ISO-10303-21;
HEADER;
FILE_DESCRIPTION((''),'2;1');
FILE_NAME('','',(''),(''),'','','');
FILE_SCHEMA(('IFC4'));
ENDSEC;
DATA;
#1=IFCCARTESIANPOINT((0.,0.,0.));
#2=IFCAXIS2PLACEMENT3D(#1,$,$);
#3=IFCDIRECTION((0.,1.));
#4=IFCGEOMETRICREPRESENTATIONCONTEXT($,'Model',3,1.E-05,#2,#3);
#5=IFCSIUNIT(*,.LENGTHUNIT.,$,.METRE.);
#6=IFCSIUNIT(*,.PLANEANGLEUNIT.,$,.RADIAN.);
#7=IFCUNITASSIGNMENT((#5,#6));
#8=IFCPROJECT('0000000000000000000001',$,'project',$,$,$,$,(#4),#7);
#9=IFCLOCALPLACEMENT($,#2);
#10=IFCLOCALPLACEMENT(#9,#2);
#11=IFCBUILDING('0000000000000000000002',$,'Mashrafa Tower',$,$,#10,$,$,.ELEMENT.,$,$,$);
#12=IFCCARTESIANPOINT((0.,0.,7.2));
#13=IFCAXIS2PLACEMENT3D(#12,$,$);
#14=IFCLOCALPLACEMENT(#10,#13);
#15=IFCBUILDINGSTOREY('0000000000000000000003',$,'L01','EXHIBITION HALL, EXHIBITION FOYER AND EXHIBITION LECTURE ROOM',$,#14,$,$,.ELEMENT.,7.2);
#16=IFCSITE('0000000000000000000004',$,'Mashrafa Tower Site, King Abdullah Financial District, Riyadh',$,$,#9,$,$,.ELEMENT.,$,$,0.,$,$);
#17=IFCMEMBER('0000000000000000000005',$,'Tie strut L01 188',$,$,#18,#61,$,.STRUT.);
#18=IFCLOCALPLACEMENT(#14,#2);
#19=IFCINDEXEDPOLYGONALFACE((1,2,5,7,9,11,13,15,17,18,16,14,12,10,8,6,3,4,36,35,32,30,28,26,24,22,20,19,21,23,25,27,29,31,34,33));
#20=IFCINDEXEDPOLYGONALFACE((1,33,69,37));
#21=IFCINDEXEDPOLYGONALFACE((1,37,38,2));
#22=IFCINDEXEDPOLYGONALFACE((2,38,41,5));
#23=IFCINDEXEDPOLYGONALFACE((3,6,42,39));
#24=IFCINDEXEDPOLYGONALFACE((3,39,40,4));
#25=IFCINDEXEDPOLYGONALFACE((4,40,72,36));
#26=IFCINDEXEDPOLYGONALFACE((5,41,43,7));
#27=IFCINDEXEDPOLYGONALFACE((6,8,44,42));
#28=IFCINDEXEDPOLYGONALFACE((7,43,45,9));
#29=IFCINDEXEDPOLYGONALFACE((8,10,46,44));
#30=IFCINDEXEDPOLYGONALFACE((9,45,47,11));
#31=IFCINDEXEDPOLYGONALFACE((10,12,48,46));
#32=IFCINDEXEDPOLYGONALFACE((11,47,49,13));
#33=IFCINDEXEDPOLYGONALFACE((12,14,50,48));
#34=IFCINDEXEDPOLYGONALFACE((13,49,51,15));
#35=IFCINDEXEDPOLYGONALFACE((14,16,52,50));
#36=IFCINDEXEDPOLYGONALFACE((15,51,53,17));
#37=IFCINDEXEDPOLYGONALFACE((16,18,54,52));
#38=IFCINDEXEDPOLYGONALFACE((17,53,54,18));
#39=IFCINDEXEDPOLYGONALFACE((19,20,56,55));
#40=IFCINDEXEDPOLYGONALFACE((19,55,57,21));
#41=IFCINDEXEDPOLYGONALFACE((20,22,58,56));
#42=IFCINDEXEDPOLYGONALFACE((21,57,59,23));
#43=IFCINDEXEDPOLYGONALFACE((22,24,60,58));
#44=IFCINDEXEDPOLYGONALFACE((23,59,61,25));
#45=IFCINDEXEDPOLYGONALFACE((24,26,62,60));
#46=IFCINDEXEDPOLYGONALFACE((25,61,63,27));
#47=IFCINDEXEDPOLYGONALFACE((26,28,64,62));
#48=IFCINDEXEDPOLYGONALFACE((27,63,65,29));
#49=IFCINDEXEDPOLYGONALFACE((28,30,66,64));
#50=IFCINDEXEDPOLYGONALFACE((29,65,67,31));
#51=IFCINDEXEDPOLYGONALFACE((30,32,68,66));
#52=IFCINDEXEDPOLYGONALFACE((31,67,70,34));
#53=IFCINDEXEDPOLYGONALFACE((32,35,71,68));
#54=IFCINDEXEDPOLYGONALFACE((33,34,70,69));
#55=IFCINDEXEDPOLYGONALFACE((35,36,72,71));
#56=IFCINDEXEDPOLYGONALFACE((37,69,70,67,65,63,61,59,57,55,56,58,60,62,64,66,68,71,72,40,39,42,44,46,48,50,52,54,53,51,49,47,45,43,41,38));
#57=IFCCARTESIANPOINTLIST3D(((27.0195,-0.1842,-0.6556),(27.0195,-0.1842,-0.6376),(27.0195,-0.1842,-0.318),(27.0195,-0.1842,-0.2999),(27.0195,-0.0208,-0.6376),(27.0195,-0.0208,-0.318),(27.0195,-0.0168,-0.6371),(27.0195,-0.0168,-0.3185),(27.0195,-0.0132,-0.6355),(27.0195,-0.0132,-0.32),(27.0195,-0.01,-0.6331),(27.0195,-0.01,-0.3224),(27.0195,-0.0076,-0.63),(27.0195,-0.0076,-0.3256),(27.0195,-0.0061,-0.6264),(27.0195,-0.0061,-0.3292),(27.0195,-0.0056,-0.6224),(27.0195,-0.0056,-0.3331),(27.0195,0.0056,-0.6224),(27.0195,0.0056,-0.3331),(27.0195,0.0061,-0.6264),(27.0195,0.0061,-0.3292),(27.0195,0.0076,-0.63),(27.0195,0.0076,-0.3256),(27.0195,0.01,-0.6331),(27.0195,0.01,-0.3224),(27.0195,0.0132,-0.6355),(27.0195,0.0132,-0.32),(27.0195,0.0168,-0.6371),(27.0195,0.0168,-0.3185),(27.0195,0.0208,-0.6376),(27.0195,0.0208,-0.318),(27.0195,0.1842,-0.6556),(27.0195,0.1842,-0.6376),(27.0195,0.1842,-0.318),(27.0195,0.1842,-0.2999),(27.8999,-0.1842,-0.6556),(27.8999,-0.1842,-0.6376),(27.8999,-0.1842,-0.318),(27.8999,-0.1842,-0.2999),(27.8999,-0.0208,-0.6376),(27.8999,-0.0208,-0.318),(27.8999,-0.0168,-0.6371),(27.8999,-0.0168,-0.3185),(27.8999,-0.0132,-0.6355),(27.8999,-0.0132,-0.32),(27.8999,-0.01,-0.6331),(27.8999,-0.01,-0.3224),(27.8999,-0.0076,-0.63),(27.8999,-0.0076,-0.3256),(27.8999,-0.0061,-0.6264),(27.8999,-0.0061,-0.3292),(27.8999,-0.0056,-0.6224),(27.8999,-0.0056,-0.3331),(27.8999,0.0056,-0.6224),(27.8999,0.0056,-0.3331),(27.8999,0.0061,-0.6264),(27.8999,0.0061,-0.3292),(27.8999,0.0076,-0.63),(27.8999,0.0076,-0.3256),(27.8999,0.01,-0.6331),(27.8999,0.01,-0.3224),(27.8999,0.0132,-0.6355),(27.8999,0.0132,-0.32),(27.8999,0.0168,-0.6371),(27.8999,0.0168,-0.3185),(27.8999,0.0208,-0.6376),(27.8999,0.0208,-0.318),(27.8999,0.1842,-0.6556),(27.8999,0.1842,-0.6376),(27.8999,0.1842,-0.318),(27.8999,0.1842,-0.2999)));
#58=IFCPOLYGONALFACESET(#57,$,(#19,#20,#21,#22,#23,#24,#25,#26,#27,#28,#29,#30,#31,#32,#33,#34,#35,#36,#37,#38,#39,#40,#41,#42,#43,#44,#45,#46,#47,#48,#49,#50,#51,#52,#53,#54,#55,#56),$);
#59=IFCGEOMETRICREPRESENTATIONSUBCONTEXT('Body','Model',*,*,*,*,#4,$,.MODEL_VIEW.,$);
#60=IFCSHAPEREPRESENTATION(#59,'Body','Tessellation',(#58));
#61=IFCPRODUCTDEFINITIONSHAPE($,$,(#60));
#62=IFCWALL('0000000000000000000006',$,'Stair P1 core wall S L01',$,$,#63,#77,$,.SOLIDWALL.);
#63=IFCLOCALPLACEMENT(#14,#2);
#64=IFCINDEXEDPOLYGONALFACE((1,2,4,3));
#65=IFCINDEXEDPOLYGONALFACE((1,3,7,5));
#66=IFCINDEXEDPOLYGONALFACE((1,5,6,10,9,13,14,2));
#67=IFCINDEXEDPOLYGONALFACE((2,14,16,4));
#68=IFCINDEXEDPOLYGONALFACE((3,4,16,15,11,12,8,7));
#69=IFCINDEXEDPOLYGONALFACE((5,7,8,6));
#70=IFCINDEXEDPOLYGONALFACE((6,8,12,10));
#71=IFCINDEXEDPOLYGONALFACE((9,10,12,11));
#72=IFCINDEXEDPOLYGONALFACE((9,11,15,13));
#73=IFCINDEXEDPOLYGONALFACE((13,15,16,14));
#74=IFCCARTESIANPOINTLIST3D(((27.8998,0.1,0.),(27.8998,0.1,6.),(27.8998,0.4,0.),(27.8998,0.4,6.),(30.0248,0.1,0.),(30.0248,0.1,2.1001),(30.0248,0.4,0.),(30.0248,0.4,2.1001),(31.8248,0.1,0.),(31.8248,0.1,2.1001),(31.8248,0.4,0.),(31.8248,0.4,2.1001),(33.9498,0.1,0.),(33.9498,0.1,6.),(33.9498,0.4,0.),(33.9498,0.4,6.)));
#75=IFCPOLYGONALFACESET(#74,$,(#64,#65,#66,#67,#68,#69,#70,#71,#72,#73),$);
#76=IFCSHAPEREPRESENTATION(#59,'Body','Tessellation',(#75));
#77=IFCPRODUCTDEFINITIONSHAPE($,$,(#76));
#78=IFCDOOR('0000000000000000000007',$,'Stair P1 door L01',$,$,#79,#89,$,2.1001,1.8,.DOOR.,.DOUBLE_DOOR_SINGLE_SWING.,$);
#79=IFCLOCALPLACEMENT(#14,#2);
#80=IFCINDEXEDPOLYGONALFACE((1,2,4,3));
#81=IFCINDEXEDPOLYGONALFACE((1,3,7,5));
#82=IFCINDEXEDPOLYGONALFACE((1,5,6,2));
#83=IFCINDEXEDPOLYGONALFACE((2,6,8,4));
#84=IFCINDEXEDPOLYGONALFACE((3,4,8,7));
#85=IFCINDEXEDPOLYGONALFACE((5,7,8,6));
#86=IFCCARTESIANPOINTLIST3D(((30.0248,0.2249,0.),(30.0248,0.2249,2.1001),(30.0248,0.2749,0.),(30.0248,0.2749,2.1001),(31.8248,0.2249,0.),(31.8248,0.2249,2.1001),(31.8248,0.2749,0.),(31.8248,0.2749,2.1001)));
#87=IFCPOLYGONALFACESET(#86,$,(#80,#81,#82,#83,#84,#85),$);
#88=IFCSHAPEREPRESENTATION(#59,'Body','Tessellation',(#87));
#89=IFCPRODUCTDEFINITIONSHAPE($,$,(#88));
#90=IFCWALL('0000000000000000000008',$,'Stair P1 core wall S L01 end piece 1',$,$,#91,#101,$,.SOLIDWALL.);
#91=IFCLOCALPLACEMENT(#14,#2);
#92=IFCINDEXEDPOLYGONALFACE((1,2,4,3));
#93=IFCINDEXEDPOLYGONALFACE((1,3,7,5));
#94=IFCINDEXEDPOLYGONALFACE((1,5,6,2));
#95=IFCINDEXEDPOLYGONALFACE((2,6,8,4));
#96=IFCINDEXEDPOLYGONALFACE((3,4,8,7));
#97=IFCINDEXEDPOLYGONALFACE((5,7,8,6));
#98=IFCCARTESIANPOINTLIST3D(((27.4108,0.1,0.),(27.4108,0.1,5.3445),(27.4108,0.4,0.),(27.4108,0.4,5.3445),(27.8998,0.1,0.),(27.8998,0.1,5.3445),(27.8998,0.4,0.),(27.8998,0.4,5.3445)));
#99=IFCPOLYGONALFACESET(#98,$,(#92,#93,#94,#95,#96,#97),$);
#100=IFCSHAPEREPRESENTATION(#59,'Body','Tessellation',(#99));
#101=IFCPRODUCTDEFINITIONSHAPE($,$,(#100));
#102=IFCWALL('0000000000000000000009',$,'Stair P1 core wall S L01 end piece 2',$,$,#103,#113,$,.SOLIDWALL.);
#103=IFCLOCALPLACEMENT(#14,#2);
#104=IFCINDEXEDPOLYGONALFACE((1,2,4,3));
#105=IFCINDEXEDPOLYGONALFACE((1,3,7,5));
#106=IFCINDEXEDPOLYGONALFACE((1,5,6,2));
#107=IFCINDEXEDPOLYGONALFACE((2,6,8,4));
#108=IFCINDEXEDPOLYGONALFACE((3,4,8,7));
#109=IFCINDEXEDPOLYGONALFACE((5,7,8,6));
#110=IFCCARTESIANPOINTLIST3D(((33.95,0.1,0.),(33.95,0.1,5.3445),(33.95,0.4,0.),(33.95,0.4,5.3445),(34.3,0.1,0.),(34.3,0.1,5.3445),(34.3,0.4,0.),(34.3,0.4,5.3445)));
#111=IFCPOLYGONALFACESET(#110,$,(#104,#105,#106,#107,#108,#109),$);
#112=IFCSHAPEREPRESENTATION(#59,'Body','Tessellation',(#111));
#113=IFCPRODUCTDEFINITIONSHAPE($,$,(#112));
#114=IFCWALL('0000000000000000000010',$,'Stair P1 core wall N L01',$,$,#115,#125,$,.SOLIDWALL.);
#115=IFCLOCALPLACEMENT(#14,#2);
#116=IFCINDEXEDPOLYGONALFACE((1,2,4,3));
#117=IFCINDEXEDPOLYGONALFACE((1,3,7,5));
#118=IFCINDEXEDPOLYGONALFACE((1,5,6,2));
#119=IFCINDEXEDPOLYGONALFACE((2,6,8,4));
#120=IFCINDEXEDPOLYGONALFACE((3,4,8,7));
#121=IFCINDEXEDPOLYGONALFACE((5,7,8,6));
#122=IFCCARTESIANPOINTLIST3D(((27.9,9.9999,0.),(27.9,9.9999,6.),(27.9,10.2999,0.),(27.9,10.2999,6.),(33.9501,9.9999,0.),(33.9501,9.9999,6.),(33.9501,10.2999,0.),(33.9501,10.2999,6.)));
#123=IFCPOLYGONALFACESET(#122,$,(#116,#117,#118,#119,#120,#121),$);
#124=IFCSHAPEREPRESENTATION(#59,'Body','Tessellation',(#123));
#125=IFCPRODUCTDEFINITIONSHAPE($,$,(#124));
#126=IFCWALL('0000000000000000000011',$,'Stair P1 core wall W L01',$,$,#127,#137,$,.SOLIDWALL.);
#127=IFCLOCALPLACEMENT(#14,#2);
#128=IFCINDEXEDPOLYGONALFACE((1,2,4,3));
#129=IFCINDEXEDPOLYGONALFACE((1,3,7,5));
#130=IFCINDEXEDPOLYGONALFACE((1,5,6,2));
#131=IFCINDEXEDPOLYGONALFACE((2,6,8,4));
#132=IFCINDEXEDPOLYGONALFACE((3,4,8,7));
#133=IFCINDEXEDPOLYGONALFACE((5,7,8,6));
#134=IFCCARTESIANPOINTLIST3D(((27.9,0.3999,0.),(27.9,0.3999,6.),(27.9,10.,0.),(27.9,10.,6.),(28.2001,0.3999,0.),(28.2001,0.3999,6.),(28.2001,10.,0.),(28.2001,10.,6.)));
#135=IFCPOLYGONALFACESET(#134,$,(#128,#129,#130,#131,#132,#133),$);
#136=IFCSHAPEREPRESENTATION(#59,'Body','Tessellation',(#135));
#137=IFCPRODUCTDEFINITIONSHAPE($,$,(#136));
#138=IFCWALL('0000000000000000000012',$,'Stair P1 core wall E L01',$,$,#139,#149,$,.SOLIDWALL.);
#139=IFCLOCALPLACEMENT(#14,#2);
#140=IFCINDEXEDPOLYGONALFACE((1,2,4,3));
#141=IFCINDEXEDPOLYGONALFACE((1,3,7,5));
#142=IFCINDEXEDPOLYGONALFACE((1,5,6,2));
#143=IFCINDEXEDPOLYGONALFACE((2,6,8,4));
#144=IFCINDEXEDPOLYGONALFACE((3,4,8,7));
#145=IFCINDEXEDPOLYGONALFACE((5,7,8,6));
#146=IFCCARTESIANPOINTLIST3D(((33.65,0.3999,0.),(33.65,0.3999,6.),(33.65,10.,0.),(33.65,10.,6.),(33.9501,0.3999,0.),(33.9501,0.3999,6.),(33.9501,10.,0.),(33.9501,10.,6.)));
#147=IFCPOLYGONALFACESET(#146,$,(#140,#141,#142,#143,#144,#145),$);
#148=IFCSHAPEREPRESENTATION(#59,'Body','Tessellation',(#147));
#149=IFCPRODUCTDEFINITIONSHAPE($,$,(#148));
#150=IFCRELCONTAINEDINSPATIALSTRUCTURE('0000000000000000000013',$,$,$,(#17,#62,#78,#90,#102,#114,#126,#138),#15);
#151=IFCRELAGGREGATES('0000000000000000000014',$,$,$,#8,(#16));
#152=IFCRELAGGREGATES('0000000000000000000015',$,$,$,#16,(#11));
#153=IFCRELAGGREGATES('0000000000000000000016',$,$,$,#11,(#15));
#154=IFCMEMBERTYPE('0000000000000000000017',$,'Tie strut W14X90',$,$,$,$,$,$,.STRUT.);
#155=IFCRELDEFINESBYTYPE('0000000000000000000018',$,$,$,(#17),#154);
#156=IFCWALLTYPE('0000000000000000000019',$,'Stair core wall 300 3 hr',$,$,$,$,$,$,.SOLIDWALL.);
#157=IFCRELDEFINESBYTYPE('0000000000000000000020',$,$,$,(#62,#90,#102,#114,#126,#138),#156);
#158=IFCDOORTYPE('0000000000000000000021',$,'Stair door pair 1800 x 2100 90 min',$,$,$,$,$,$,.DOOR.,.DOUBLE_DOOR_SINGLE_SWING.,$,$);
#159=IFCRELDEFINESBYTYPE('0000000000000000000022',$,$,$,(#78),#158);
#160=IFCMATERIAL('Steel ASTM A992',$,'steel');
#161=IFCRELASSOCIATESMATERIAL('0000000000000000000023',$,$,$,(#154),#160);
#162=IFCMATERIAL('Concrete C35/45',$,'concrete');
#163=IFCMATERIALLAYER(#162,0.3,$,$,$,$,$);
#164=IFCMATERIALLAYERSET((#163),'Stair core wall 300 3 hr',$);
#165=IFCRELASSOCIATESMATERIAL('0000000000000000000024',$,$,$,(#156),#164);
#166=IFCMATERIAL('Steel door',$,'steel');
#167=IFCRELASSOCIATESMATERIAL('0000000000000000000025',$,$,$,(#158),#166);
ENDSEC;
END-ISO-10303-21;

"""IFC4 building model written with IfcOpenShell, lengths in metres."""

from ifc_helpers import new_model, si_unit, direction, frame, frame_2d, origin, origin_2d, place, context, subcontext, project, spatial, rectangle, i_section, extrude, source, transform, mapped, material, layer, layer_set, material_profile, profile_set, type_object, element, fill, save


model = new_model("IFC4")

# Units and contexts
model_context = context("Model", 3, precision=1e-05, world=origin(), true_north=direction((0.0, 1.0)))
body_context = subcontext(model_context, "Body", "Model", "MODEL_VIEW")
ifc_project = project(units=[si_unit("LENGTHUNIT", "METRE"), si_unit("PLANEANGLEUNIT", "RADIAN")], contexts=[model_context])

# Site, building, storey
site_placement = place(None, origin())
site = spatial("IfcSite", under=ifc_project, at=site_placement, Name="Mashrafa Tower Site, King Abdullah Financial District, Riyadh", CompositionType="ELEMENT", RefElevation=0.0)
building_placement = place(site_placement, origin())
building = spatial("IfcBuilding", under=site, at=building_placement, Name="Mashrafa Tower", CompositionType="ELEMENT")
storey_placement = place(building_placement, frame((0.0, 0.0, 7.2)))
storey = spatial("IfcBuildingStorey", under=building, at=storey_placement, Name="L01", Description="EXHIBITION HALL, EXHIBITION FOYER AND EXHIBITION LECTURE ROOM", CompositionType="ELEMENT", Elevation=7.2)

# Member
ifc_material_1 = material(Name="Steel ASTM A992", Category="steel")
ifc_material_profile_1 = material_profile(ifc_material_1, i_section(OverallWidth=0.3684, OverallDepth=0.3557, WebThickness=0.0112, FlangeThickness=0.0181, FilletRadius=0.0151, at=origin_2d()), Name="W14X90")
ifc_profile_set_1 = profile_set([ifc_material_profile_1], Name="Steel ASTM A992")
member_type_1 = type_object("IfcMemberType", Name="Tie strut W14X90", PredefinedType="STRUT", material=ifc_profile_set_1)
shared_shape_1 = source(origin(), body_context, "Body", "SweptSolid", [
    extrude(i_section(OverallWidth=0.3684, OverallDepth=0.3557, WebThickness=0.0112, FlangeThickness=0.0181, FilletRadius=0.0151, at=origin_2d()), origin(), (0.0, 0.0, 1.0), 0.8804),
])
member_1_placement = place(storey_placement, frame((27.0195, 0.0, -0.4778), z_axis=(1.0, 0.0, 0.0), x_axis=(0.0, 1.0, 0.0)))
element("IfcMember", 1, at=member_1_placement, inside=storey, type_object=member_type_1, Name="Tie strut L01 188", PredefinedType="STRUT", context=body_context, shape_type="MappedRepresentation", body=[
    mapped(shared_shape_1, transform((0.0, 0.0, 0.0))),
])

# Wall, opening, door
ifc_material_2 = material(Name="Concrete C35/45", Category="concrete")
ifc_layer = layer(ifc_material_2, 0.3)
ifc_layer_set = layer_set([ifc_layer], Name="Stair core wall 300 3 hr")
wall_type = type_object("IfcWallType", Name="Stair core wall 300 3 hr", PredefinedType="SOLIDWALL", material=ifc_layer_set)
wall_1_placement = place(storey_placement, frame((27.8999, 0.25, 0.0), z_axis=(0.0, 0.0, 1.0), x_axis=(1.0, 0.0, 0.0)))
wall_1 = element("IfcWall", 2, at=wall_1_placement, inside=storey, type_object=wall_type, Name="Stair P1 core wall S L01", PredefinedType="SOLIDWALL", context=body_context, shape_type="SweptSolid", body=[
    extrude(rectangle(XDim=6.05, YDim=0.3, at=frame_2d((3.0249, 0.0))), origin(), (0.0, 0.0, 1.0), 6.0),
])
opening_placement = place(wall_1_placement, frame((2.125, 0.0, 0.0)))
opening = element("IfcOpeningElement", 3, at=opening_placement, cuts=wall_1, PredefinedType="OPENING", context=body_context, shape_type="SweptSolid", body=[
    extrude(rectangle(XDim=1.8, YDim=2.1001, at=frame_2d((0.8999, 1.05))), frame((0.0, 0.1599, 0.0), z_axis=(0.0, -1.0, 0.0), x_axis=(1.0, 0.0, 0.0)), (0.0, 0.0, 1.0), 0.3201),
])
ifc_material_3 = material(Name="Steel door", Category="steel")
door_type = type_object("IfcDoorType", Name="Stair door pair 1800 x 2100 90 min", OperationType="DOUBLE_DOOR_SINGLE_SWING", PredefinedType="DOOR", material=ifc_material_3)
door_placement = place(opening_placement, origin())
door = element("IfcDoor", 4, at=door_placement, inside=storey, type_object=door_type, Name="Stair P1 door L01", OperationType="DOUBLE_DOOR_SINGLE_SWING", OverallHeight=2.1001, OverallWidth=1.8, PredefinedType="DOOR", context=body_context, shape_type="SweptSolid", body=[
    extrude(rectangle(XDim=1.8, YDim=2.1001, at=frame_2d((0.8999, 1.05))), frame((0.0, 0.0249, 0.0), z_axis=(0.0, -1.0, 0.0), x_axis=(1.0, 0.0, 0.0)), (0.0, 0.0, 1.0), 0.05),
])
fill(opening, door)

# Walls
wall_2_placement = place(storey_placement, frame((27.8999, 0.25, 0.0), z_axis=(0.0, 0.0, 1.0), x_axis=(-1.0, 0.0, 0.0)))
element("IfcWall", 5, at=wall_2_placement, inside=storey, type_object=wall_type, Name="Stair P1 core wall S L01 end piece 1", PredefinedType="SOLIDWALL", context=body_context, shape_type="SweptSolid", body=[
    extrude(rectangle(XDim=0.489, YDim=0.3, at=frame_2d((0.2446, 0.0))), origin(), (0.0, 0.0, 1.0), 5.3445),
])
wall_3_placement = place(storey_placement, frame((33.95, 0.25, 0.0), z_axis=(0.0, 0.0, 1.0), x_axis=(1.0, 0.0, 0.0)))
element("IfcWall", 6, at=wall_3_placement, inside=storey, type_object=wall_type, Name="Stair P1 core wall S L01 end piece 2", PredefinedType="SOLIDWALL", context=body_context, shape_type="SweptSolid", body=[
    extrude(rectangle(XDim=0.3501, YDim=0.3, at=frame_2d((0.175, 0.0))), origin(), (0.0, 0.0, 1.0), 5.3445),
])
wall_4_placement = place(storey_placement, frame((33.95, 10.1499, 0.0), z_axis=(0.0, 0.0, 1.0), x_axis=(-1.0, 0.0, 0.0)))
element("IfcWall", 7, at=wall_4_placement, inside=storey, type_object=wall_type, Name="Stair P1 core wall N L01", PredefinedType="SOLIDWALL", context=body_context, shape_type="SweptSolid", body=[
    extrude(rectangle(XDim=6.05, YDim=0.3, at=frame_2d((3.0249, 0.0))), origin(), (0.0, 0.0, 1.0), 6.0),
])
for number, where, z_axis, x_axis, name in (
    (8, (28.05, 10.0, 0.0), (0.0, 0.0, 1.0), (0.0, -1.0, 0.0), "Stair P1 core wall W L01"),
    (9, (33.8, 0.3999, 0.0), (0.0, 0.0, 1.0), (0.0, 1.0, 0.0), "Stair P1 core wall E L01"),
):
    element("IfcWall", number, at=place(storey_placement, frame(where, z_axis=z_axis, x_axis=x_axis)), inside=storey, type_object=wall_type, Name=name, PredefinedType="SOLIDWALL", context=body_context, shape_type="SweptSolid", body=[
        extrude(rectangle(XDim=9.6001, YDim=0.3, at=frame_2d((4.8, 0.0))), origin(), (0.0, 0.0, 1.0), 6.0),
    ])

save(model, "model.ifc")
